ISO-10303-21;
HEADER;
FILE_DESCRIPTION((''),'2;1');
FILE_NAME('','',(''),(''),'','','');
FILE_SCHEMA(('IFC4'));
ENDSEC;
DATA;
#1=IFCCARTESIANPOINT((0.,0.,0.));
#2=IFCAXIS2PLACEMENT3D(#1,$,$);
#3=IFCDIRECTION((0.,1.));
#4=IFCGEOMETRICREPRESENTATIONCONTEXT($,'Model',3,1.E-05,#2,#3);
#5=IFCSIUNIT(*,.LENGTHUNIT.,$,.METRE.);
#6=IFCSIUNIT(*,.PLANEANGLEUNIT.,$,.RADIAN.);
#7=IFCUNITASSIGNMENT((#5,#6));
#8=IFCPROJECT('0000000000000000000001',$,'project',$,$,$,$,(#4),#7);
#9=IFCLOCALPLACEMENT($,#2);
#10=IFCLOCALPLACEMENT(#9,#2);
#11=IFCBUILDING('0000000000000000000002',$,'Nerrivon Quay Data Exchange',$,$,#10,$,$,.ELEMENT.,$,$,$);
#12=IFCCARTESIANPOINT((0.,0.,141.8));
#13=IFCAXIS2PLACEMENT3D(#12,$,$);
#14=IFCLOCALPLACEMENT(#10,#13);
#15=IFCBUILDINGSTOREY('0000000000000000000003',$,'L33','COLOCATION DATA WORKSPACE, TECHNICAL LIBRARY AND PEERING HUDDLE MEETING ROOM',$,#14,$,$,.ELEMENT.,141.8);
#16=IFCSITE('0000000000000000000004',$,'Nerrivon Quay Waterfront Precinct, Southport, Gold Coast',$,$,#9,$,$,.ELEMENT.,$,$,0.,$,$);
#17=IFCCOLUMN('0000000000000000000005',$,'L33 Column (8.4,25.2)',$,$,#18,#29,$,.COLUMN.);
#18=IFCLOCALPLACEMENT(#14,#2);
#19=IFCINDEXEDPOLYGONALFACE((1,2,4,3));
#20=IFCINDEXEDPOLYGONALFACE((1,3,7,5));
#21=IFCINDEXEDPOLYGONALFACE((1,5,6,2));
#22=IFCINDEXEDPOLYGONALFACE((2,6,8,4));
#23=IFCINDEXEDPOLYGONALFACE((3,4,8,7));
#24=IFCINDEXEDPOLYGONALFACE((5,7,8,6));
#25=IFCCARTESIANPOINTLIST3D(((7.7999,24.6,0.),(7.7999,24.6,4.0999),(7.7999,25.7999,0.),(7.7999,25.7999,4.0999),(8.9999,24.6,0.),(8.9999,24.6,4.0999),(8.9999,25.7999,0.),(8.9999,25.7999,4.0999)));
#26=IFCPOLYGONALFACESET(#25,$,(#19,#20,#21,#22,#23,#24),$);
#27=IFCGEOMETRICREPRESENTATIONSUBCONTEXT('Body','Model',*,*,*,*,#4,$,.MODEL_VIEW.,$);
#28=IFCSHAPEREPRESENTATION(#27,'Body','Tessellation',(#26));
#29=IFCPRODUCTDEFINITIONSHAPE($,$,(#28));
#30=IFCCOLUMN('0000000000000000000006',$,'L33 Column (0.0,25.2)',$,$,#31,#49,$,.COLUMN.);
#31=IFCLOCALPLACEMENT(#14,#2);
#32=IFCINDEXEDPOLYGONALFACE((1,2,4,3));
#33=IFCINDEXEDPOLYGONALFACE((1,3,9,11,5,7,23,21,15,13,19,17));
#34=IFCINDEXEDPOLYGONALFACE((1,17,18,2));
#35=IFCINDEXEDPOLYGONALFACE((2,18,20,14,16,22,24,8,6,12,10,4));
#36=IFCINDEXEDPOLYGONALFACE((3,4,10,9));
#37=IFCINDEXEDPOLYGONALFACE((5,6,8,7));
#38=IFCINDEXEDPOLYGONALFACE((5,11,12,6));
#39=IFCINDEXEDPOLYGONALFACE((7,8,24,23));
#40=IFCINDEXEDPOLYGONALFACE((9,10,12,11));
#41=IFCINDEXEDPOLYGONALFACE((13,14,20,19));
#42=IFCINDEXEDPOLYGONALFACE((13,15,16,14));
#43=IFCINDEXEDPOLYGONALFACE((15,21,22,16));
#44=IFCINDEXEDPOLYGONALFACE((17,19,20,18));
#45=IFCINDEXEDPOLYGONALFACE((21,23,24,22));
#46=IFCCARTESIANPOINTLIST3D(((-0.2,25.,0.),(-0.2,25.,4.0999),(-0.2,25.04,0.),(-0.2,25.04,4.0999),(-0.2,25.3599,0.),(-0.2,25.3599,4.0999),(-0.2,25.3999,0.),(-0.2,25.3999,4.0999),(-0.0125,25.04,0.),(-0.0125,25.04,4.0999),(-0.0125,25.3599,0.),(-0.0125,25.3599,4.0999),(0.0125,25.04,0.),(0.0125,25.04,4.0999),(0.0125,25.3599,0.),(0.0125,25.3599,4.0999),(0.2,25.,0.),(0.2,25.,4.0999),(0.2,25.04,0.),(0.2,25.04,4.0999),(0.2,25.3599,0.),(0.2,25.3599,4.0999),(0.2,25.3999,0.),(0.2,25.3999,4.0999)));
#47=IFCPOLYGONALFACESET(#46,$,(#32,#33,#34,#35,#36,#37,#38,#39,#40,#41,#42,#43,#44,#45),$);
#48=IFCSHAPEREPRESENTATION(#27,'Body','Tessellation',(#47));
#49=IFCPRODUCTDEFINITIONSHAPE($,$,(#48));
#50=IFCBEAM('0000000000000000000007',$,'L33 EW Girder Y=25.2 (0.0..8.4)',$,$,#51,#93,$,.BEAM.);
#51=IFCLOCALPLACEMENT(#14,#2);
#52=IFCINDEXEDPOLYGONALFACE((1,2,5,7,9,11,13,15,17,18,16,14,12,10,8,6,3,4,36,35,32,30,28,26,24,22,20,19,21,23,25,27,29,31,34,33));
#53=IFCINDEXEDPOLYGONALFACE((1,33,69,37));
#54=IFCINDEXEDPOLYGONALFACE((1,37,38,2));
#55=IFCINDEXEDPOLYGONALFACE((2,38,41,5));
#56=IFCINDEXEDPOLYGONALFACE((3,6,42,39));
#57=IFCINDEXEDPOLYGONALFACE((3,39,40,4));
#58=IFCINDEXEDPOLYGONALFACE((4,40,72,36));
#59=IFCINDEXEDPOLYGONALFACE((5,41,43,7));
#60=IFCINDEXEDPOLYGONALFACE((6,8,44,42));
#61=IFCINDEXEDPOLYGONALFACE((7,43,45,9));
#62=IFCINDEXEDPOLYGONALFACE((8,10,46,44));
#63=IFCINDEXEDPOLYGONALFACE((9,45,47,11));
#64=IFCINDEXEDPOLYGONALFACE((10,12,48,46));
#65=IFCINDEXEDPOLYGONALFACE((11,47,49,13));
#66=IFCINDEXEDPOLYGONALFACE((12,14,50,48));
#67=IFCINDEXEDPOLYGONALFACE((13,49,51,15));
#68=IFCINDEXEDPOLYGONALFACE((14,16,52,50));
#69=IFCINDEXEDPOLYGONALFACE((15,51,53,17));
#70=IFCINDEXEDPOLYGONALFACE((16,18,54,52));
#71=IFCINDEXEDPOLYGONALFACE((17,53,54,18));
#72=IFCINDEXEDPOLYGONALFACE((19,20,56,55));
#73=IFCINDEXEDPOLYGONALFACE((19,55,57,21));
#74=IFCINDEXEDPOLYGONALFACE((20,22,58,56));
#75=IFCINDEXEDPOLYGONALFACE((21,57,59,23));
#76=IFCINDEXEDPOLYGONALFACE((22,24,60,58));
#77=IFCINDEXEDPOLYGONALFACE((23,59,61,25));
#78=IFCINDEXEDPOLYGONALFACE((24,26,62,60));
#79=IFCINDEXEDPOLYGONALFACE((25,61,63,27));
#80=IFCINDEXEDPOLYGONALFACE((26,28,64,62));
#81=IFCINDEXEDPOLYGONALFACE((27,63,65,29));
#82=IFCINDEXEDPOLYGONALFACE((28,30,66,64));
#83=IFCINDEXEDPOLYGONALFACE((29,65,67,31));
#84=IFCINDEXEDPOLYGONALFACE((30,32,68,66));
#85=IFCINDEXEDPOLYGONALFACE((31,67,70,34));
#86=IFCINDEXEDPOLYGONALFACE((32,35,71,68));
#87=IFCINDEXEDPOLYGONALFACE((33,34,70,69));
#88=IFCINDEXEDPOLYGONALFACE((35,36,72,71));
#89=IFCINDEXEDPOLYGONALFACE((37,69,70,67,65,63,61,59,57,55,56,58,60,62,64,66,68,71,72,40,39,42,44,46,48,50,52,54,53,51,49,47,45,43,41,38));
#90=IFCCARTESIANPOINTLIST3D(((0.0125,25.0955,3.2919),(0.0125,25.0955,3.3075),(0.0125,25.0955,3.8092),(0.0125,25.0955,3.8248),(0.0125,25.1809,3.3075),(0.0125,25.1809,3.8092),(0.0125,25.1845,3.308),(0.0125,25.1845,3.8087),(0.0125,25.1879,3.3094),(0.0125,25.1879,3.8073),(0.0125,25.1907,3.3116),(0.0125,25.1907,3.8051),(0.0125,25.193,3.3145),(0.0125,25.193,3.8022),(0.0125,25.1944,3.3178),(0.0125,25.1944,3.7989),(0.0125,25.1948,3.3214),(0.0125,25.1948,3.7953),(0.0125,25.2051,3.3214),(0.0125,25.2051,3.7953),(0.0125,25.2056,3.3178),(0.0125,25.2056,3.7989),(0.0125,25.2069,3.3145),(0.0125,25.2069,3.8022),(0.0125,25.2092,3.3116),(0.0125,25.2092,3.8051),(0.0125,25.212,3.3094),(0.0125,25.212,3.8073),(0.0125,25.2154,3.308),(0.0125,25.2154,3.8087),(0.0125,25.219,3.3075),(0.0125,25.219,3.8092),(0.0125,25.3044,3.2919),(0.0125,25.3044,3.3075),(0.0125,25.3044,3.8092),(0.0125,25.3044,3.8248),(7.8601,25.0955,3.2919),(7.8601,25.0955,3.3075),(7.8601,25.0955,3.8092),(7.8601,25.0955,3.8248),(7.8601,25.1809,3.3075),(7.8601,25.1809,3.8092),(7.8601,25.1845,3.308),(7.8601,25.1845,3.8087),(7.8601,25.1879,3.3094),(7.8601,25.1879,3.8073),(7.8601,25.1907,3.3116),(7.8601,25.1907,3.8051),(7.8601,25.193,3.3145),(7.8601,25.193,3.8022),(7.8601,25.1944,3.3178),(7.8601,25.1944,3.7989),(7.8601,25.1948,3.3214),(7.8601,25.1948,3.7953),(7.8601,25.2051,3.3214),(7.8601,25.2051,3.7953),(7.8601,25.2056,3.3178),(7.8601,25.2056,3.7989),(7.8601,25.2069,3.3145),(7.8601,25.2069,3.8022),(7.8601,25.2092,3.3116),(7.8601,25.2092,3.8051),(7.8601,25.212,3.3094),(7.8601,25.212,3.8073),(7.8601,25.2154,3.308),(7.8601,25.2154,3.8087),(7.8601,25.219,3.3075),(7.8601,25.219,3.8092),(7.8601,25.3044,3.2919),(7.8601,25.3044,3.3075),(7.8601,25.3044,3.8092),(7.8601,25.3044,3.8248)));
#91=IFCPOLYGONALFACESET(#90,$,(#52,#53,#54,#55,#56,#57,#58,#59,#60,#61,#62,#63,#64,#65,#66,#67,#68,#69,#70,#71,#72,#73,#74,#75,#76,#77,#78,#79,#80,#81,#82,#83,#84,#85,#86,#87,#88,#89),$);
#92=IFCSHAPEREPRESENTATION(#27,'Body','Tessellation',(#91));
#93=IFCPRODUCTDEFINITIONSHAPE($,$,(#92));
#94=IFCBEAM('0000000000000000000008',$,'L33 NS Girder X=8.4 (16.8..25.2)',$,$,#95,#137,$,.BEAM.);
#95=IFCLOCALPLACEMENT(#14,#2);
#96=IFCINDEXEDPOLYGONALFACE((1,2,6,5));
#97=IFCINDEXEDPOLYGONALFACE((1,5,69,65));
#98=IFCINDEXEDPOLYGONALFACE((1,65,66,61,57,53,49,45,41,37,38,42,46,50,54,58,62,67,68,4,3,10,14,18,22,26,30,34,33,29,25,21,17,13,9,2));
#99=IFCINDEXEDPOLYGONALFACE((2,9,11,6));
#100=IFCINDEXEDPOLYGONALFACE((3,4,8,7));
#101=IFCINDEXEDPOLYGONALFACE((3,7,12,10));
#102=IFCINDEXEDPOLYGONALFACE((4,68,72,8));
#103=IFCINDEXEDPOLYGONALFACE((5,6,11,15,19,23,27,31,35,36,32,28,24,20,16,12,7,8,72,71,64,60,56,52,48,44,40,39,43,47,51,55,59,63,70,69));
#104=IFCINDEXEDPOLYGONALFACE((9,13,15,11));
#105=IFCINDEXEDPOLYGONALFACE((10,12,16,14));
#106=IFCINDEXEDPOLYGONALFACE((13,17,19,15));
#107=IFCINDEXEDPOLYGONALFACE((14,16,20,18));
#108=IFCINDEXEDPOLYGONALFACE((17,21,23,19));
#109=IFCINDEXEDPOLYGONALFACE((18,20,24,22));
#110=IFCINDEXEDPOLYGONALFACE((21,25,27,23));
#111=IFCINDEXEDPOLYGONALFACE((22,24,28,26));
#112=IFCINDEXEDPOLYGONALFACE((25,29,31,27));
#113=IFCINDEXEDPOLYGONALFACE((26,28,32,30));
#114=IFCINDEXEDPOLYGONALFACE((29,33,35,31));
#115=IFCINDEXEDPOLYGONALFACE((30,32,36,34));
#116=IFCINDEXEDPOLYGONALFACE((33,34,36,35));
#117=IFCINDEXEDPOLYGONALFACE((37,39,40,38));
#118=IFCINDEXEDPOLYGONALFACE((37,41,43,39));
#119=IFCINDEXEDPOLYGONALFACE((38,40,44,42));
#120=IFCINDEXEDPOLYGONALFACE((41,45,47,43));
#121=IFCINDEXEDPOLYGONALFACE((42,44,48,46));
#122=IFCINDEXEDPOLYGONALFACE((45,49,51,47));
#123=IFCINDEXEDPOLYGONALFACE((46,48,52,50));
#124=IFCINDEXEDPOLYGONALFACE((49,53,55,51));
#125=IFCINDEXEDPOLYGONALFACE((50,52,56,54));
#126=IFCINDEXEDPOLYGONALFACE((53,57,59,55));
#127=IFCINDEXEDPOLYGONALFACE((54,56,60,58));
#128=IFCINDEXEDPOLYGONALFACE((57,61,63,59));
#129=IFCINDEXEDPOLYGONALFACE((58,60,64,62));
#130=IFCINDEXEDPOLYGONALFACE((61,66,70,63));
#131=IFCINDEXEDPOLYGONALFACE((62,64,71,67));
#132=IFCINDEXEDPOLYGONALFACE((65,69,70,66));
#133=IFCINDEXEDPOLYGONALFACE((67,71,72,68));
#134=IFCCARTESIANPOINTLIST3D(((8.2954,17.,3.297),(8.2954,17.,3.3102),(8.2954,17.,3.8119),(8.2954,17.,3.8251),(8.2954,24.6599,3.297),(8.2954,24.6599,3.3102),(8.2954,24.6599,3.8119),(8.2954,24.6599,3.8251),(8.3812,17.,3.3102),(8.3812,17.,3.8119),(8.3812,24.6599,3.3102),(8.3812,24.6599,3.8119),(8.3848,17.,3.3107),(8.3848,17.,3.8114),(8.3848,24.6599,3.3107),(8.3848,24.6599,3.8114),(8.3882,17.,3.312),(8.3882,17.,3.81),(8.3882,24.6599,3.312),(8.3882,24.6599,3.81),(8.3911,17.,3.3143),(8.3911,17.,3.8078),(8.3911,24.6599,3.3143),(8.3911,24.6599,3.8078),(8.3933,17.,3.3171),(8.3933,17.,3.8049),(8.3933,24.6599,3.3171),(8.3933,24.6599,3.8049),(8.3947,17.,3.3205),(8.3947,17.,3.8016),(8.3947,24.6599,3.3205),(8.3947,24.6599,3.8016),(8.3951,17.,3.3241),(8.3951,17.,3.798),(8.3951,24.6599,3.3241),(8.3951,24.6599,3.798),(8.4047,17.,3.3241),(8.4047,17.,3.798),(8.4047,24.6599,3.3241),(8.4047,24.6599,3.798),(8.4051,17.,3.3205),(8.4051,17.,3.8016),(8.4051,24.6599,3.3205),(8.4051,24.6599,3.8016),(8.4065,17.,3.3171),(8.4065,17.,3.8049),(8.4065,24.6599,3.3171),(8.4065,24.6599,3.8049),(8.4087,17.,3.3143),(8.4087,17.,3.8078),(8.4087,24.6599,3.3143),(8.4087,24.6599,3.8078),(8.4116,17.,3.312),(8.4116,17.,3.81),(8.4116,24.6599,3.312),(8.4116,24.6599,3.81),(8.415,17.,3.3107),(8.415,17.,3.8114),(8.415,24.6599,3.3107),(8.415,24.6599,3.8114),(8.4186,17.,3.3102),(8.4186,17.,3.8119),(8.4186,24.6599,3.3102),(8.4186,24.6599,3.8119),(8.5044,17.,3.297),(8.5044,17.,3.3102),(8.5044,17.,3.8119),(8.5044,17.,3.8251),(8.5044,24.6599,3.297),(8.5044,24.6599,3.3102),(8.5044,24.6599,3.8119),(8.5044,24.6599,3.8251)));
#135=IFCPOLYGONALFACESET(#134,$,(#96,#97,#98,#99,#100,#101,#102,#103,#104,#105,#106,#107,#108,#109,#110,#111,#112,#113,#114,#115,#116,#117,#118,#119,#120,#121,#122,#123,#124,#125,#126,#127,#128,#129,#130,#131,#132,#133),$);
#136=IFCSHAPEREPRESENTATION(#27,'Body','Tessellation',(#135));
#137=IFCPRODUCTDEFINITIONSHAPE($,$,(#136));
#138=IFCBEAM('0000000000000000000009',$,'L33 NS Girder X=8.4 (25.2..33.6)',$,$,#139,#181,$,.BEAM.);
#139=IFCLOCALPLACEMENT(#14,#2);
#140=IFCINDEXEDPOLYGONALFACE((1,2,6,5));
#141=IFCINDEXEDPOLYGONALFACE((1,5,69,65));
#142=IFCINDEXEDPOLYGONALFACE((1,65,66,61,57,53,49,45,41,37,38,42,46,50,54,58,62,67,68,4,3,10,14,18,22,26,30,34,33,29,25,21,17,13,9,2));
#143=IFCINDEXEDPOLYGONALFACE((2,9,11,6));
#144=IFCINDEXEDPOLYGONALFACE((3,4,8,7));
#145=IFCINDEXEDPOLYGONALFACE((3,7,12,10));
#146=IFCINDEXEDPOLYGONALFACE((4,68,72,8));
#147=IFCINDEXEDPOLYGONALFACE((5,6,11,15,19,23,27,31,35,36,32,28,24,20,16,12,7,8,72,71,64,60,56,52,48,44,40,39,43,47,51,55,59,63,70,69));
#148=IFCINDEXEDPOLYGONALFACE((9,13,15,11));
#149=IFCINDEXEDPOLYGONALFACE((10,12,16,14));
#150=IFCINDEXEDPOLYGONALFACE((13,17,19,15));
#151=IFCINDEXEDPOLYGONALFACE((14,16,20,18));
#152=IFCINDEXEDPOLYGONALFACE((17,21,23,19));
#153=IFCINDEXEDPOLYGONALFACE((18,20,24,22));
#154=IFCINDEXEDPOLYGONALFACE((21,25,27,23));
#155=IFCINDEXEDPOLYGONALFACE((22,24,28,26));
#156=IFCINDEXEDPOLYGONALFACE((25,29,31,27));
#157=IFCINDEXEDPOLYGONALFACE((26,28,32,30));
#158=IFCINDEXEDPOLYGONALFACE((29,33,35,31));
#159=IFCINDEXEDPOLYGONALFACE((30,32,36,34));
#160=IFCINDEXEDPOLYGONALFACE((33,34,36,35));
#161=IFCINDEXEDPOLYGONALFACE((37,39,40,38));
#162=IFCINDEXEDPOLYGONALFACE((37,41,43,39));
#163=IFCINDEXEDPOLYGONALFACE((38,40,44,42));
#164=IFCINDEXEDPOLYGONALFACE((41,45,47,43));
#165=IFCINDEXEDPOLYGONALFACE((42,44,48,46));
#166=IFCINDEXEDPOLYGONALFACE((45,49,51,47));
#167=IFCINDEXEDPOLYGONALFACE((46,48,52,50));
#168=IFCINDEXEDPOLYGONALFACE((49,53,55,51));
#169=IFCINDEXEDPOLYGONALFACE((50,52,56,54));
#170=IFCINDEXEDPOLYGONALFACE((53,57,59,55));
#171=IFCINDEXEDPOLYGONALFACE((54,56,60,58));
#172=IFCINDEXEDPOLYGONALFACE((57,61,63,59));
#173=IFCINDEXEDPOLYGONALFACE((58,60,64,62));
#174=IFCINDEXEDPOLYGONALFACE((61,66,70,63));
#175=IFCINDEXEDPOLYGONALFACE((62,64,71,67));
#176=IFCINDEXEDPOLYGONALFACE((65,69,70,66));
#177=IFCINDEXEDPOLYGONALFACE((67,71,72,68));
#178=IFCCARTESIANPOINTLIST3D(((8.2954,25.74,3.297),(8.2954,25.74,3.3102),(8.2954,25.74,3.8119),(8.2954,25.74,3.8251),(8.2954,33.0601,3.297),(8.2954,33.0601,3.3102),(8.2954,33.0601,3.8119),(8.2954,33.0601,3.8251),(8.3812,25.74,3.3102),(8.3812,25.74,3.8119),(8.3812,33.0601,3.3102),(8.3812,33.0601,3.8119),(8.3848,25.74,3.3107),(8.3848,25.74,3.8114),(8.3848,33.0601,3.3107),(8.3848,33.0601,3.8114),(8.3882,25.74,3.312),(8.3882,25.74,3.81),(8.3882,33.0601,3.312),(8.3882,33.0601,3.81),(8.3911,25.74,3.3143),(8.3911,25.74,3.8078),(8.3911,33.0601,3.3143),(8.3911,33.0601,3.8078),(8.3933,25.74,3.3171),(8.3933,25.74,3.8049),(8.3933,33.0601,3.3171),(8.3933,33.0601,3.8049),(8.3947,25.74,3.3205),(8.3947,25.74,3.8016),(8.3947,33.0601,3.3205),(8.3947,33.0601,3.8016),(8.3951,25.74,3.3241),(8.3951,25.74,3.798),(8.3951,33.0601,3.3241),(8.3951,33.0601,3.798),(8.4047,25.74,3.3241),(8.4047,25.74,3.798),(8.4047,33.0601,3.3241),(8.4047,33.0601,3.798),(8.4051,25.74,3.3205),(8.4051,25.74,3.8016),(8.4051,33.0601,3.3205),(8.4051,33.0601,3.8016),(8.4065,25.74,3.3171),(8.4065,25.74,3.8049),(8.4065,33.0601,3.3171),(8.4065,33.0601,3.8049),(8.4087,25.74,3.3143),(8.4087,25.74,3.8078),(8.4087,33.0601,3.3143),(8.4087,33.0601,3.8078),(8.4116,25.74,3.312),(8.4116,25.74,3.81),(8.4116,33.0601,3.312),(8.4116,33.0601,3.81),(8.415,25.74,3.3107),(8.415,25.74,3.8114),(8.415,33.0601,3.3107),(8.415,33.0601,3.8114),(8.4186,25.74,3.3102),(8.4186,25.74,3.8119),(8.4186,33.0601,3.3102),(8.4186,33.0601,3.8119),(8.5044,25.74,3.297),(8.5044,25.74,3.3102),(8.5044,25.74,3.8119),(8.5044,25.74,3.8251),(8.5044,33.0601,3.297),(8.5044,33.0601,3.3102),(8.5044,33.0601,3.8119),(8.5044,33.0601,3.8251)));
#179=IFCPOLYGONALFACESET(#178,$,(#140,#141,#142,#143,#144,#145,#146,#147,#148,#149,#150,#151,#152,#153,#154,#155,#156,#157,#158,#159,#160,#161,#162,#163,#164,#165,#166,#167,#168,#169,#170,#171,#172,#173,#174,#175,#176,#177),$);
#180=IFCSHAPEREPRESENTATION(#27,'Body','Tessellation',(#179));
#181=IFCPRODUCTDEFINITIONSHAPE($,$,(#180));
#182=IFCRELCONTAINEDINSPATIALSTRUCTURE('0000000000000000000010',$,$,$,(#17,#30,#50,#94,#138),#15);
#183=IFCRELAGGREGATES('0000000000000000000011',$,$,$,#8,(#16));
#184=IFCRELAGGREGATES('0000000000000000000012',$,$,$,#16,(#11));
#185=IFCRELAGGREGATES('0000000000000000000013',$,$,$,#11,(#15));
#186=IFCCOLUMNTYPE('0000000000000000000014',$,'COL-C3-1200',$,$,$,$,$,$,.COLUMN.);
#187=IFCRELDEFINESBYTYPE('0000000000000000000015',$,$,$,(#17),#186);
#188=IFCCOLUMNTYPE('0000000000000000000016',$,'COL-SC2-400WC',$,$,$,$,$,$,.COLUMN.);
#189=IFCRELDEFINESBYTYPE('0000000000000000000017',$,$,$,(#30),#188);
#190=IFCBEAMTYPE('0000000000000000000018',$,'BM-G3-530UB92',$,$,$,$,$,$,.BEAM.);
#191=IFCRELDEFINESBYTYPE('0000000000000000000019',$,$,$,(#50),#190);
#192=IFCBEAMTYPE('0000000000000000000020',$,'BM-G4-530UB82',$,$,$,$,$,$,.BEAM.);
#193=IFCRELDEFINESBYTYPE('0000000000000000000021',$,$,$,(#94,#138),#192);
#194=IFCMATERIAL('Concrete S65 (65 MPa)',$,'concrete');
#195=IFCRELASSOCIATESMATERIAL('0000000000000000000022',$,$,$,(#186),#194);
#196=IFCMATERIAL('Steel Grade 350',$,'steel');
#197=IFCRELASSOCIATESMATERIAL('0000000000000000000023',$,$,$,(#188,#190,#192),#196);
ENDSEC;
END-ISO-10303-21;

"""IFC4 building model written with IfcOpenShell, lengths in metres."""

from ifc_helpers import new_model, si_unit, direction, frame, origin, origin_2d, place, context, subcontext, project, spatial, rectangle, i_section, extrude, material, material_profile, profile_set, type_object, element, save


model = new_model("IFC4")

# Units and contexts
model_context = context("Model", 3, precision=1e-05, world=origin(), true_north=direction((0.0, 1.0)))
body_context = subcontext(model_context, "Body", "Model", "MODEL_VIEW")
ifc_project = project(units=[si_unit("LENGTHUNIT", "METRE"), si_unit("PLANEANGLEUNIT", "RADIAN")], contexts=[model_context])

# Site, building, storey
site_placement = place(None, origin())
site = spatial("IfcSite", under=ifc_project, at=site_placement, Name="Nerrivon Quay Waterfront Precinct, Southport, Gold Coast", CompositionType="ELEMENT", RefElevation=0.0)
building_placement = place(site_placement, origin())
building = spatial("IfcBuilding", under=site, at=building_placement, Name="Nerrivon Quay Data Exchange", CompositionType="ELEMENT")
storey_placement = place(building_placement, frame((0.0, 0.0, 141.8)))
storey = spatial("IfcBuildingStorey", under=building, at=storey_placement, Name="L33", Description="COLOCATION DATA WORKSPACE, TECHNICAL LIBRARY AND PEERING HUDDLE MEETING ROOM", CompositionType="ELEMENT", Elevation=141.8)

# Columns
ifc_material_1 = material(Name="Concrete S65 (65 MPa)", Category="concrete")
ifc_material_profile_1 = material_profile(ifc_material_1, rectangle(XDim=1.2, YDim=1.2, at=origin_2d()), Name="RC-COL-1200x1200")
ifc_profile_set_1 = profile_set([ifc_material_profile_1], Name="Concrete S65 (65 MPa)")
column_type_1 = type_object("IfcColumnType", Name="COL-C3-1200", PredefinedType="COLUMN", material=ifc_profile_set_1)
column_1_placement = place(storey_placement, frame((8.3999, 25.2, 0.0), z_axis=(0.0, 0.0, 1.0), x_axis=(1.0, 0.0, 0.0)))
element("IfcColumn", 1, at=column_1_placement, inside=storey, type_object=column_type_1, Name="L33 Column (8.4,25.2)", PredefinedType="COLUMN", context=body_context, shape_type="SweptSolid", body=[
    extrude(rectangle(XDim=1.2, YDim=1.2, at=origin_2d()), origin(), (0.0, 0.0, 1.0), 4.0999),
])
ifc_material_2 = material(Name="Steel Grade 350", Category="steel")
ifc_material_profile_2 = material_profile(ifc_material_2, i_section(OverallWidth=0.3999, OverallDepth=0.3999, WebThickness=0.0249, FlangeThickness=0.04, at=origin_2d()), Name="400WC328")
ifc_profile_set_2 = profile_set([ifc_material_profile_2], Name="Steel Grade 350")
column_type_2 = type_object("IfcColumnType", Name="COL-SC2-400WC", PredefinedType="COLUMN", material=ifc_profile_set_2)
column_2_placement = place(storey_placement, frame((0.0, 25.2, 0.0), z_axis=(0.0, 0.0, 1.0), x_axis=(1.0, 0.0, 0.0)))
element("IfcColumn", 2, at=column_2_placement, inside=storey, type_object=column_type_2, Name="L33 Column (0.0,25.2)", PredefinedType="COLUMN", context=body_context, shape_type="SweptSolid", body=[
    extrude(i_section(OverallWidth=0.3999, OverallDepth=0.3999, WebThickness=0.0249, FlangeThickness=0.04, at=origin_2d()), origin(), (0.0, 0.0, 1.0), 4.0999),
])

# Beams
ifc_material_profile_3 = material_profile(ifc_material_2, i_section(OverallWidth=0.209, OverallDepth=0.533, WebThickness=0.0103, FlangeThickness=0.0156, FilletRadius=0.0139, at=origin_2d()), Name="530UB92.4")
ifc_profile_set_3 = profile_set([ifc_material_profile_3], Name="Steel Grade 350")
beam_type_1 = type_object("IfcBeamType", Name="BM-G3-530UB92", PredefinedType="BEAM", material=ifc_profile_set_3)
beam_1_placement = place(storey_placement, frame((0.0125, 25.2, 3.5583), z_axis=(1.0, 0.0, 0.0), x_axis=(0.0, 1.0, 0.0)))
element("IfcBeam", 3, at=beam_1_placement, inside=storey, type_object=beam_type_1, Name="L33 EW Girder Y=25.2 (0.0..8.4)", PredefinedType="BEAM", context=body_context, shape_type="SweptSolid", body=[
    extrude(i_section(OverallWidth=0.209, OverallDepth=0.533, WebThickness=0.0103, FlangeThickness=0.0156, FilletRadius=0.0139, at=origin_2d()), origin(), (0.0, 0.0, 1.0), 7.8477),
])
ifc_material_profile_4 = material_profile(ifc_material_2, i_section(OverallWidth=0.209, OverallDepth=0.5281, WebThickness=0.0095, FlangeThickness=0.0132, FilletRadius=0.0139, at=origin_2d()), Name="530UB82.0")
ifc_profile_set_4 = profile_set([ifc_material_profile_4], Name="Steel Grade 350")
beam_type_2 = type_object("IfcBeamType", Name="BM-G4-530UB82", PredefinedType="BEAM", material=ifc_profile_set_4)
beam_2_placement = place(storey_placement, frame((8.3999, 17.0, 3.561), z_axis=(0.0, 1.0, 0.0), x_axis=(-1.0, 0.0, 0.0)))
element("IfcBeam", 4, at=beam_2_placement, inside=storey, type_object=beam_type_2, Name="L33 NS Girder X=8.4 (16.8..25.2)", PredefinedType="BEAM", context=body_context, shape_type="SweptSolid", body=[
    extrude(i_section(OverallWidth=0.209, OverallDepth=0.5281, WebThickness=0.0095, FlangeThickness=0.0132, FilletRadius=0.0139, at=origin_2d()), origin(), (0.0, 0.0, 1.0), 7.6599),
])
beam_3_placement = place(storey_placement, frame((8.3999, 25.74, 3.561), z_axis=(0.0, 1.0, 0.0), x_axis=(-1.0, 0.0, 0.0)))
element("IfcBeam", 5, at=beam_3_placement, inside=storey, type_object=beam_type_2, Name="L33 NS Girder X=8.4 (25.2..33.6)", PredefinedType="BEAM", context=body_context, shape_type="SweptSolid", body=[
    extrude(i_section(OverallWidth=0.209, OverallDepth=0.5281, WebThickness=0.0095, FlangeThickness=0.0132, FilletRadius=0.0139, at=origin_2d()), origin(), (0.0, 0.0, 1.0), 7.3201),
])

save(model, "model.ifc")
